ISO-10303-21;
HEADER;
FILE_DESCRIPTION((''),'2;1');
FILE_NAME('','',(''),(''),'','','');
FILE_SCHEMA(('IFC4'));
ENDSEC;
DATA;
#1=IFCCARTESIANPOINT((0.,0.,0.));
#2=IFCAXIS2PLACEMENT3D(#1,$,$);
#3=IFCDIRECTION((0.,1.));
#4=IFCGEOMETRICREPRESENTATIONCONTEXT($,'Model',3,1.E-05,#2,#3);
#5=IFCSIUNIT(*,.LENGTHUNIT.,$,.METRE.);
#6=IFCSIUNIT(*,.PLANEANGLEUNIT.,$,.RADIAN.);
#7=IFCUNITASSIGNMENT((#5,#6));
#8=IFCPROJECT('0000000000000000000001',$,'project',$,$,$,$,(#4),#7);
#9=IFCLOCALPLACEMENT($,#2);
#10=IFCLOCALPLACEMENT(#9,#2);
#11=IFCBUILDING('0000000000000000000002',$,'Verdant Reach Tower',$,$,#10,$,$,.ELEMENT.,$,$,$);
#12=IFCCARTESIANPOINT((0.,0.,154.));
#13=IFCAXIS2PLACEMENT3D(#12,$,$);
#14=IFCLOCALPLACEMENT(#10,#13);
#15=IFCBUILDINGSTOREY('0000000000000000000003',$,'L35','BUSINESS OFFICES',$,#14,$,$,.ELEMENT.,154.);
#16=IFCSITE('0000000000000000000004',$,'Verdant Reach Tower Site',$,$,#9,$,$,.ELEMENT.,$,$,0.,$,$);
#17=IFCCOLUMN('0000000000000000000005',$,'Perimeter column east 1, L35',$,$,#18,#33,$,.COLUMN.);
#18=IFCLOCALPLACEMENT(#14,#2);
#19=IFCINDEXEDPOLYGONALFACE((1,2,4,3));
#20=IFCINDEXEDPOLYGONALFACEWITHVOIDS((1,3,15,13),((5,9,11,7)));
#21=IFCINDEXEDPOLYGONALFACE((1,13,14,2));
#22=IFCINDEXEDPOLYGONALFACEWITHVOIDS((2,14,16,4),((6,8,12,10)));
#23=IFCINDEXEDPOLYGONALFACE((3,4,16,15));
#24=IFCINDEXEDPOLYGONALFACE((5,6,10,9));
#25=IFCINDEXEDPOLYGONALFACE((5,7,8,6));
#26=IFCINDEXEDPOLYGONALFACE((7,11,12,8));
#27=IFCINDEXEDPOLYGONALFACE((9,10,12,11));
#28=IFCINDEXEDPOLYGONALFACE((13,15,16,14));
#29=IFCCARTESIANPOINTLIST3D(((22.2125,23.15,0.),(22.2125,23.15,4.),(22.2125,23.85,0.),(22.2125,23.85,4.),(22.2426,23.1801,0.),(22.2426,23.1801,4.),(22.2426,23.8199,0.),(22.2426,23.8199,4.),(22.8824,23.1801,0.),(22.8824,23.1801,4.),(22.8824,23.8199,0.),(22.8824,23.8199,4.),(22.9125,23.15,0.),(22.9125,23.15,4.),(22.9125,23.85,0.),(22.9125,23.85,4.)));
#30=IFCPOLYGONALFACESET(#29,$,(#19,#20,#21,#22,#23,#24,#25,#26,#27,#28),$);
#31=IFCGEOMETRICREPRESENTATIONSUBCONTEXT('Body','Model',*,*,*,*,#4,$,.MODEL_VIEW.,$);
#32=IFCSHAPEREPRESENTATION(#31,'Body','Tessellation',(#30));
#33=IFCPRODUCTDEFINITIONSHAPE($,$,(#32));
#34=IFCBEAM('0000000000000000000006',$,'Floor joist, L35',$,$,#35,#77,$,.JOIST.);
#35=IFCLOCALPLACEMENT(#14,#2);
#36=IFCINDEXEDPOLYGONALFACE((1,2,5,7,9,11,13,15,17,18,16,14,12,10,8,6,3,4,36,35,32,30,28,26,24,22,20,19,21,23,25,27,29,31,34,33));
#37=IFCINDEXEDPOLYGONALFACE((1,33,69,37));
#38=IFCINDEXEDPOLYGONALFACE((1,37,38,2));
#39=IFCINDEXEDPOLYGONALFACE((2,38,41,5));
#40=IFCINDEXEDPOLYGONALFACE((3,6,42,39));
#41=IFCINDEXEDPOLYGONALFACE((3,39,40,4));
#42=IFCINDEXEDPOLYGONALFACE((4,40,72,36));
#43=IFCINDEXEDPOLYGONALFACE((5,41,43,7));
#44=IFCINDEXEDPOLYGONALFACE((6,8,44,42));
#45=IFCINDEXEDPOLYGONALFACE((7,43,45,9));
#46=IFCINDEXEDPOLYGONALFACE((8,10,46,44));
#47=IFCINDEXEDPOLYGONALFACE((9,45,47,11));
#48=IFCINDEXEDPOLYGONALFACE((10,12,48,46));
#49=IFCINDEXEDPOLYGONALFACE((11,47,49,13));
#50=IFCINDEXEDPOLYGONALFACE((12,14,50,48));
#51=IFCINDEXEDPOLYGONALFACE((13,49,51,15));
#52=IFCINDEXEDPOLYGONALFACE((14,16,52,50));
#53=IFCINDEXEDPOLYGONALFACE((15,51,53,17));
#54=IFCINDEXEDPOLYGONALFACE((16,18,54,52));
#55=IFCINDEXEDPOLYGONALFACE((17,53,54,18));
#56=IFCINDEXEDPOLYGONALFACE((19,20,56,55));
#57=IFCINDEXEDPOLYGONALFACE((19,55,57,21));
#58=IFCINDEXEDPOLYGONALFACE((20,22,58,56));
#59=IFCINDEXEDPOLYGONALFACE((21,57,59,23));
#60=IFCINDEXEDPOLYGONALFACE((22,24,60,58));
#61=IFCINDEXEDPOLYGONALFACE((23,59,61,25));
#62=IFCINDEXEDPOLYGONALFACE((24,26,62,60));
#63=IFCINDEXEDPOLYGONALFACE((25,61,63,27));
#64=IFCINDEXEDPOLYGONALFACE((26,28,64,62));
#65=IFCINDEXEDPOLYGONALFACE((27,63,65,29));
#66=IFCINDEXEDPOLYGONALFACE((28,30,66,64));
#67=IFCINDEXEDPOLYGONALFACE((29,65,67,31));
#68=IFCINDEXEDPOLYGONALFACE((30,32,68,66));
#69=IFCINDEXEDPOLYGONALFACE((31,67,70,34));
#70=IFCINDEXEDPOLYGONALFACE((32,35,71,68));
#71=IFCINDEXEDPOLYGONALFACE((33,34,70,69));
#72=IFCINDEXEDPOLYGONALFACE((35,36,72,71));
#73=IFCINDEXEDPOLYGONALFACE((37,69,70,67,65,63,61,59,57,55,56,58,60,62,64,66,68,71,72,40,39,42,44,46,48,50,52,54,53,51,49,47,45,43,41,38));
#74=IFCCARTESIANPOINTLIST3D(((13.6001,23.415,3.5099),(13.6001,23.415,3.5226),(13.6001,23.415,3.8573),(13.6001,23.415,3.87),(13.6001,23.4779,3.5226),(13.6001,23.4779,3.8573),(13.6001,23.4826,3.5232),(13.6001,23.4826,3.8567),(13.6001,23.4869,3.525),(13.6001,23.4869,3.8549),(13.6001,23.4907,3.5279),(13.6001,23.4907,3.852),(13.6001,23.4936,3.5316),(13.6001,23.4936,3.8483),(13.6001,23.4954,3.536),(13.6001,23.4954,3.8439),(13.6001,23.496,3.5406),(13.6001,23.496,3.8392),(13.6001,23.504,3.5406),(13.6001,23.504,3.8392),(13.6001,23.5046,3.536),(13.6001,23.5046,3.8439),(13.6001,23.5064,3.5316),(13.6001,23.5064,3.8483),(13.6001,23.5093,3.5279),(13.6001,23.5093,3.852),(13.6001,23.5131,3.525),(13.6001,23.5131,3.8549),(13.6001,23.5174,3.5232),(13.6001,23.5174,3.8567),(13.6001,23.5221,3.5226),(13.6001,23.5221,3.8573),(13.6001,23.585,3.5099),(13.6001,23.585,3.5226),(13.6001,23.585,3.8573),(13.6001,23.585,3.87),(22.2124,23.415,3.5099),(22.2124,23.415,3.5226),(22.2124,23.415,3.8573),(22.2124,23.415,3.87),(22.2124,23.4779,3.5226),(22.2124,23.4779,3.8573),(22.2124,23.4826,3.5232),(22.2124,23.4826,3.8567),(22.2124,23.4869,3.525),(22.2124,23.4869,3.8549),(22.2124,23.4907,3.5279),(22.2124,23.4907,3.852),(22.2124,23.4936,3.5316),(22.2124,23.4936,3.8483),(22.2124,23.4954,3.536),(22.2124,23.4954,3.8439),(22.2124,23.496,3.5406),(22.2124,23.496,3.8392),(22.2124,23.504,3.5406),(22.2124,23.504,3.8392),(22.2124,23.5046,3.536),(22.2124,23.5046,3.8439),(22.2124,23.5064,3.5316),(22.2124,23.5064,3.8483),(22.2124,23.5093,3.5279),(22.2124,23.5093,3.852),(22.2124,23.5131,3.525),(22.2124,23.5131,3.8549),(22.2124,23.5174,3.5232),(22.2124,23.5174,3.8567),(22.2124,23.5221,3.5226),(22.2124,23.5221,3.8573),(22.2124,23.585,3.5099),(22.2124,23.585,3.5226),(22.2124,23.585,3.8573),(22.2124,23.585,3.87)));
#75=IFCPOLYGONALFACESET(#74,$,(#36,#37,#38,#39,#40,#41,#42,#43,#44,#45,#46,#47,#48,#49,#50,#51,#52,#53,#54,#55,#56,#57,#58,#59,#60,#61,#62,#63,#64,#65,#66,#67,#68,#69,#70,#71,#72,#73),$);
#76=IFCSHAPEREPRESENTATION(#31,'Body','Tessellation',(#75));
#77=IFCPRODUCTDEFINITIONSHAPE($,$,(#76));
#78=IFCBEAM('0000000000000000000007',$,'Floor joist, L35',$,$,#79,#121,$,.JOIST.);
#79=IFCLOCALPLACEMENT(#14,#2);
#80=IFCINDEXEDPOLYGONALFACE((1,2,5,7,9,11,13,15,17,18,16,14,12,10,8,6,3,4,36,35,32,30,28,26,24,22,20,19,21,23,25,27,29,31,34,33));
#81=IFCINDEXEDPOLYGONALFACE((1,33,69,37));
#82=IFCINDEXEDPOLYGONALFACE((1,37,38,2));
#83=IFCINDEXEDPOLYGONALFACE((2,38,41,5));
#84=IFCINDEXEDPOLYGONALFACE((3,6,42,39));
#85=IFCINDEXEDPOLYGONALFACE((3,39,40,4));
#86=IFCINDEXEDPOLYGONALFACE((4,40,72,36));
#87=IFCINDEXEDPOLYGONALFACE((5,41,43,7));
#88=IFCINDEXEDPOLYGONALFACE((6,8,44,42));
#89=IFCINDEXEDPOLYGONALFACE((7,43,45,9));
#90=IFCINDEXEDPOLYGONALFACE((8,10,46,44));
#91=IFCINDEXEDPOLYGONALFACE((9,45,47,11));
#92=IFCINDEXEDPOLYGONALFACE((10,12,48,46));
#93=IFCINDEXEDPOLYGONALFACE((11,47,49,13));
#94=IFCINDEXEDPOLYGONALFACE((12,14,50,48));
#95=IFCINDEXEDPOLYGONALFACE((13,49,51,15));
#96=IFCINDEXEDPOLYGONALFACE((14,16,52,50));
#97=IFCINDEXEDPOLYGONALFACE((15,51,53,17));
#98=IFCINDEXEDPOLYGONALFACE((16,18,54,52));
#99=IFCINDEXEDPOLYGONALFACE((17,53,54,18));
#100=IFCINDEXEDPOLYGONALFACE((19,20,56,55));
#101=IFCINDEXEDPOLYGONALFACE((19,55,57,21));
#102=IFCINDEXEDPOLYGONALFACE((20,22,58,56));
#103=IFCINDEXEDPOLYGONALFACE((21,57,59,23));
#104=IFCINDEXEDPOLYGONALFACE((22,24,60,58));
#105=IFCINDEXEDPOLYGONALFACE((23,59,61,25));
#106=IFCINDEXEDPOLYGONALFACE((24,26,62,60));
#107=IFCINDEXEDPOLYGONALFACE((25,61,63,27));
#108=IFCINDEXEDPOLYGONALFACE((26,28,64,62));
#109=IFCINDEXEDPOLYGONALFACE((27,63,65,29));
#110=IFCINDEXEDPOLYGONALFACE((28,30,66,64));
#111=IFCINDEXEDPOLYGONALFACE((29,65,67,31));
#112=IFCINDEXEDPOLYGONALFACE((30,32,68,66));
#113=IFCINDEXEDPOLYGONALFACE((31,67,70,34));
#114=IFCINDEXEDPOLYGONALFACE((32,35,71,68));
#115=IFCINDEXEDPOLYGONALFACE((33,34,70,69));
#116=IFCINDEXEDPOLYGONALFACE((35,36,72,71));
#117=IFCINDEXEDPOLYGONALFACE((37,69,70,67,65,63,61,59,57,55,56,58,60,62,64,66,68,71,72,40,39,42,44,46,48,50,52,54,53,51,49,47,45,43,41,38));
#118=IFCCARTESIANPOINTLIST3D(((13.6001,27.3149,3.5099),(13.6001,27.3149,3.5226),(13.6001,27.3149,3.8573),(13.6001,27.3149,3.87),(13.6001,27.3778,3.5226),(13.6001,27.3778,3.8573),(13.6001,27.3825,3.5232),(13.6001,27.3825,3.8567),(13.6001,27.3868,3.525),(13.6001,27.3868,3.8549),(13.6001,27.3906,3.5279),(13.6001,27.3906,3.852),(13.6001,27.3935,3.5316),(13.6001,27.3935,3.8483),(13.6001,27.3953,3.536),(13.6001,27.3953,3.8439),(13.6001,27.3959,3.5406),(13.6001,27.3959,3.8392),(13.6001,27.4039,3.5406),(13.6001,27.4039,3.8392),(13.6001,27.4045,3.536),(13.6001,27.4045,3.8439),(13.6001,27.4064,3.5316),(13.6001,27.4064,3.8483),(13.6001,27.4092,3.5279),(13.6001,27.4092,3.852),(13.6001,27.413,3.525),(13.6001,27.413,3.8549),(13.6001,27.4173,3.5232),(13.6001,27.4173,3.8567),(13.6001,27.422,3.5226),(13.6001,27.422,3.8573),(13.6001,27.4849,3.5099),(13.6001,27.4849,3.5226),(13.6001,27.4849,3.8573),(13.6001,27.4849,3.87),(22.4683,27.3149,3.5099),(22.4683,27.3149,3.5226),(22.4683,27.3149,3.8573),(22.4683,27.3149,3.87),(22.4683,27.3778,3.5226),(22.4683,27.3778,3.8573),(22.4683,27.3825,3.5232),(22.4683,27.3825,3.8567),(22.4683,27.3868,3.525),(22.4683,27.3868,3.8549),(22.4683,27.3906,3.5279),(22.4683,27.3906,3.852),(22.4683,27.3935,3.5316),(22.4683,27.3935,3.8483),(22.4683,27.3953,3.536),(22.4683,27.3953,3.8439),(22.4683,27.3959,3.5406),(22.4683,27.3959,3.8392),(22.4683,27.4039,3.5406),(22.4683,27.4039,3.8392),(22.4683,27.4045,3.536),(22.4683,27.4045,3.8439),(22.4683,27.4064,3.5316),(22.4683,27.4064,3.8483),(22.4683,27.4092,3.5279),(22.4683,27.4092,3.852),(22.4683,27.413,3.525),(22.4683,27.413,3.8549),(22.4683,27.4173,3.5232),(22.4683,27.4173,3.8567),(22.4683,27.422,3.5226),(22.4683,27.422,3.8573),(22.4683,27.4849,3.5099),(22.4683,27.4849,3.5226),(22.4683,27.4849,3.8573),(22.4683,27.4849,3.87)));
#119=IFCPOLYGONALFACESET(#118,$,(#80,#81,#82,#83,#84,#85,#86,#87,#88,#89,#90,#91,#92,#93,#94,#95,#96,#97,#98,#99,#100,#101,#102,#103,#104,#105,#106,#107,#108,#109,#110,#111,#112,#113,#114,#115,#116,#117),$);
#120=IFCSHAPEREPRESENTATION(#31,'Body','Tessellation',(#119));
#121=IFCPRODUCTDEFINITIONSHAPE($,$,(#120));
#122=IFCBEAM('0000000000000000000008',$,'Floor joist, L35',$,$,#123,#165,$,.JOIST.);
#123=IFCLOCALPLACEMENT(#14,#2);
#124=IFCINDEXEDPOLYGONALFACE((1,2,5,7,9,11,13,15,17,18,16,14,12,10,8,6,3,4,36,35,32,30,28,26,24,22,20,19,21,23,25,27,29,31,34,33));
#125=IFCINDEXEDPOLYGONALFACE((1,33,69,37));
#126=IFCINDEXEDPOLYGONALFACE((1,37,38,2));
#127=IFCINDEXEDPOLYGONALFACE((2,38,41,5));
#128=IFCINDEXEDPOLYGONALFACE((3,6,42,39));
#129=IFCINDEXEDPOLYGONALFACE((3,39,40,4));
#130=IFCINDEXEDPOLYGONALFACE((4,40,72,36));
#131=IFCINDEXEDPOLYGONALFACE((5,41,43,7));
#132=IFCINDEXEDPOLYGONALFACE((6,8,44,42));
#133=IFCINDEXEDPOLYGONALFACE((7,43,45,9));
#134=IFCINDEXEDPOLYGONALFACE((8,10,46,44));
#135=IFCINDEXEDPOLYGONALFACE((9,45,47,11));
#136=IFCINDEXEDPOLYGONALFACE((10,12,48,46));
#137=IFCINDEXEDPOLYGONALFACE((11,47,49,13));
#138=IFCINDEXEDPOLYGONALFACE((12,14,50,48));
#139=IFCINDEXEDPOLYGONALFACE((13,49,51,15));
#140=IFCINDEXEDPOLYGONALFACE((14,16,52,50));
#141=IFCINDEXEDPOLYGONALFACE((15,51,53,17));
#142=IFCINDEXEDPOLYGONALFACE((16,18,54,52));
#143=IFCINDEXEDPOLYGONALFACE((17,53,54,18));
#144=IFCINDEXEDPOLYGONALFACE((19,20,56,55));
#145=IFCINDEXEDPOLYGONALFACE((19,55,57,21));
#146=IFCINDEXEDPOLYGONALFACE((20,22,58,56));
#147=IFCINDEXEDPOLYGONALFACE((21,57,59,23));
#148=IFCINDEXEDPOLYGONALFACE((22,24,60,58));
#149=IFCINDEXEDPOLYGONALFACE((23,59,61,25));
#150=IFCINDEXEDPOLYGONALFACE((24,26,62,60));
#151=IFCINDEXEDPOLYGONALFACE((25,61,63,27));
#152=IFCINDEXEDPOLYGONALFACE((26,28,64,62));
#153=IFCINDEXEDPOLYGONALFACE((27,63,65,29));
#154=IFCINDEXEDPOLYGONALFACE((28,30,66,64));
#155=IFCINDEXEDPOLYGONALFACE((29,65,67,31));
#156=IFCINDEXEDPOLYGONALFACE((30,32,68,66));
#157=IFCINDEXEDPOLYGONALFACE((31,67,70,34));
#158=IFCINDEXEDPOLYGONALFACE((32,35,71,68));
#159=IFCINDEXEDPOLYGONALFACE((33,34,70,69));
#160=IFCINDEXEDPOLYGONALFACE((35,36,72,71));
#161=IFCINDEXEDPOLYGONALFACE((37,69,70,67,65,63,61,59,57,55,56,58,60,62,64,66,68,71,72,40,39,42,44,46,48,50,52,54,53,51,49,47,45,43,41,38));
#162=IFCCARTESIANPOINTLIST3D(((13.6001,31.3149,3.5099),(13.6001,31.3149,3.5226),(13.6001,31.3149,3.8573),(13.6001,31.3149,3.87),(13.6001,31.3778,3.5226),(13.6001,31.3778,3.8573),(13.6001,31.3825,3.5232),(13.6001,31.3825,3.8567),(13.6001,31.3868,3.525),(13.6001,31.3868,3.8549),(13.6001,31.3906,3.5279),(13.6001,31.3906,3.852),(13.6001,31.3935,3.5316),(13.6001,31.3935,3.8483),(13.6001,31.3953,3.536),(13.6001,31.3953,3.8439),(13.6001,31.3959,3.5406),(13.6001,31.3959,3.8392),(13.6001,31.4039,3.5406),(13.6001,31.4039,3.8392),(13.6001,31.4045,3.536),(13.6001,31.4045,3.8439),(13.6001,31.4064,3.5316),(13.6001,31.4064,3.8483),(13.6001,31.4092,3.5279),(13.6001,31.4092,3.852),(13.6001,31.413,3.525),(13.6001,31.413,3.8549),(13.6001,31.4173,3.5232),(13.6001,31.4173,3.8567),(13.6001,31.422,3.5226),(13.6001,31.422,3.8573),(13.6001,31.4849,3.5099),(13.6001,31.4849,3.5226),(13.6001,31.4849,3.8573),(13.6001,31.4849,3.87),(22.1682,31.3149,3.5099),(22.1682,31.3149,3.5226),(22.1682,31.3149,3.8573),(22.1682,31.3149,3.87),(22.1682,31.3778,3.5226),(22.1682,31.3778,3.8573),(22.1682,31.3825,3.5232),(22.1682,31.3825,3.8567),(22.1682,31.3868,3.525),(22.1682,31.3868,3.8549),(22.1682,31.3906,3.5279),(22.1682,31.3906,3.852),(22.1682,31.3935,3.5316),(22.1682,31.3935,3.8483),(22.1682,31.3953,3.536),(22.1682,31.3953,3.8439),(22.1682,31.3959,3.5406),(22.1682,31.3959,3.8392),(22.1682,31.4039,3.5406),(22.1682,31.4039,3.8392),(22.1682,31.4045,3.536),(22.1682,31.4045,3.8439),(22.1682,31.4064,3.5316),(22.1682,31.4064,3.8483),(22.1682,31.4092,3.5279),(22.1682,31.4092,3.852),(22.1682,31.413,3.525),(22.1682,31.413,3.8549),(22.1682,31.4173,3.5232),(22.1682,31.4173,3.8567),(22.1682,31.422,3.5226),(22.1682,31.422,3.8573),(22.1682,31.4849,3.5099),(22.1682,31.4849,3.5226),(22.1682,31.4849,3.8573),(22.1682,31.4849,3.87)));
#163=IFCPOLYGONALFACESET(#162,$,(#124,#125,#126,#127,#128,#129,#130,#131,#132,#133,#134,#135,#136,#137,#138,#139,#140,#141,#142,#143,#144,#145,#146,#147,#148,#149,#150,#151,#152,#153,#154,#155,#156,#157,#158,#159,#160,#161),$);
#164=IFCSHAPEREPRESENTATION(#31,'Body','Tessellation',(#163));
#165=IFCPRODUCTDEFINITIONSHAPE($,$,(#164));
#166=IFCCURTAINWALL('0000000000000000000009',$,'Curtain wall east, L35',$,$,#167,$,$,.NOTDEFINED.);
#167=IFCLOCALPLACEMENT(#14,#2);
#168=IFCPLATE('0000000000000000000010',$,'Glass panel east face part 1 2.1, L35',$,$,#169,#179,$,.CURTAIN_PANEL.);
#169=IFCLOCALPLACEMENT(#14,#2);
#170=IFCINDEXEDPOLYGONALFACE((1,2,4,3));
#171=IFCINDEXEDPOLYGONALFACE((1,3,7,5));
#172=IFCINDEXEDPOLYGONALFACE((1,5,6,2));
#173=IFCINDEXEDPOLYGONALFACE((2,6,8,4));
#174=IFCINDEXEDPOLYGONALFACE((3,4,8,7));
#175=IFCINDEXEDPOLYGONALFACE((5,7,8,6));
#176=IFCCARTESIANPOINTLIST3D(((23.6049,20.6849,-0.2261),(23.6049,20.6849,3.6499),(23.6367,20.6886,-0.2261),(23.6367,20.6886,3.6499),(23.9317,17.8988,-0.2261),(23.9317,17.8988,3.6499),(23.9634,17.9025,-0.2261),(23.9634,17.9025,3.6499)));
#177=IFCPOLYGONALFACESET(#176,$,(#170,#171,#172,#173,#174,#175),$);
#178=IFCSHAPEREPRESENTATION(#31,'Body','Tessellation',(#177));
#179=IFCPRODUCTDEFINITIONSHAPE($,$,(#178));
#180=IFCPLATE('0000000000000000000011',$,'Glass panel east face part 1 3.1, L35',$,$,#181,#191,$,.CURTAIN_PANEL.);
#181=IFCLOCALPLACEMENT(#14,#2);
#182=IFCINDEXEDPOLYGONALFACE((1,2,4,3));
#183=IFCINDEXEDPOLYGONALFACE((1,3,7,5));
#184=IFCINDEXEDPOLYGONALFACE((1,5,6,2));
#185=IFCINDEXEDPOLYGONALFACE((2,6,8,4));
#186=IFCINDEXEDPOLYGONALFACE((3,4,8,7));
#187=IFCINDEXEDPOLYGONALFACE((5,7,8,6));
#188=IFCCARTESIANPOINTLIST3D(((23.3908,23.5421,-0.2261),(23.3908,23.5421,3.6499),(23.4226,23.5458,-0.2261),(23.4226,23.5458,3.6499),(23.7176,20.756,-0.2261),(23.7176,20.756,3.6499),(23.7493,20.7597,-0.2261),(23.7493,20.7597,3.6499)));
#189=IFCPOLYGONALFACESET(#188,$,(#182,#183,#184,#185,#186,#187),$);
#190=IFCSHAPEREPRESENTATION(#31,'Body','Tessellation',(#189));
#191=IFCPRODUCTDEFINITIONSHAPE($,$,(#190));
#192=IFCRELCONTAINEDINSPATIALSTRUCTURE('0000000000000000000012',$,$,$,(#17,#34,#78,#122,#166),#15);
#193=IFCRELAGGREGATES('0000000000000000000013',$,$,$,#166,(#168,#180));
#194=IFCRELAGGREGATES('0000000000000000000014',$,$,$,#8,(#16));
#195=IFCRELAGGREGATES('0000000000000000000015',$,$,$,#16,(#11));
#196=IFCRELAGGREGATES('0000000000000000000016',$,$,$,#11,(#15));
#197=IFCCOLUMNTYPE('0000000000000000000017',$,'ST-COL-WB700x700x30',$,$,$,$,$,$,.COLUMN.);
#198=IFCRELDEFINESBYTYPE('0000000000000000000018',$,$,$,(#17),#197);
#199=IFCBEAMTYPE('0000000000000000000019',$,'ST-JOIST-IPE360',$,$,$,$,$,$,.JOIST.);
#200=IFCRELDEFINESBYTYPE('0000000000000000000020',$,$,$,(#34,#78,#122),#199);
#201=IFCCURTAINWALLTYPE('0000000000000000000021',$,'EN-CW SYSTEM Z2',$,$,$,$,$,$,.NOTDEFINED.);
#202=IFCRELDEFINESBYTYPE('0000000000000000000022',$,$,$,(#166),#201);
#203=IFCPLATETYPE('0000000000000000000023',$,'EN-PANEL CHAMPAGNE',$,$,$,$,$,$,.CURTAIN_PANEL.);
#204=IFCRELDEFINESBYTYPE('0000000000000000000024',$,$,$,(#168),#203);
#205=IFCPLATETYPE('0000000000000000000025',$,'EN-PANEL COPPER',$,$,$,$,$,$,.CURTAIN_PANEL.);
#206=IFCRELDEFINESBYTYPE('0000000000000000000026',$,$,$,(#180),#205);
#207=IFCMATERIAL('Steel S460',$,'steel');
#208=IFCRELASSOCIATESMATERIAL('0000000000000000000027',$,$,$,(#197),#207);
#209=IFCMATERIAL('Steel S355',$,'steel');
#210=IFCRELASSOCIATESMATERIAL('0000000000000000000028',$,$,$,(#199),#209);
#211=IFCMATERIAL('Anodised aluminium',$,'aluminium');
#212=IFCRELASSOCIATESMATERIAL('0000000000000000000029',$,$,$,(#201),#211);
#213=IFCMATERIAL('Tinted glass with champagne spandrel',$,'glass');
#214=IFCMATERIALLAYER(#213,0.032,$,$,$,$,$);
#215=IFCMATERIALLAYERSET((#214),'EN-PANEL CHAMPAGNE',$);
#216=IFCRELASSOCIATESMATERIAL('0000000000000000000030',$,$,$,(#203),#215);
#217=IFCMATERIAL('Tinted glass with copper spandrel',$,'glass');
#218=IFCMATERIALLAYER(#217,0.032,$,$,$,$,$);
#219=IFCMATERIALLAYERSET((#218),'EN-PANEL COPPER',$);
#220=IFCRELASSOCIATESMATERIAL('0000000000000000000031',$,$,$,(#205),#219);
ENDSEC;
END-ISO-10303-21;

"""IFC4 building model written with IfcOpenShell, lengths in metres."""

from ifc_helpers import new_model, si_unit, direction, frame, origin, origin_2d, place, context, subcontext, project, spatial, rectangle, hollow_rectangle, i_section, extrude, material, layer, layer_set, material_profile, profile_set, type_object, element, aggregate, save


model = new_model("IFC4")

# Units and contexts
model_context = context("Model", 3, precision=1e-05, world=origin(), true_north=direction((0.0, 1.0)))
body_context = subcontext(model_context, "Body", "Model", "MODEL_VIEW")
ifc_project = project(units=[si_unit("LENGTHUNIT", "METRE"), si_unit("PLANEANGLEUNIT", "RADIAN")], contexts=[model_context])

# Site, building, storey
site_placement = place(None, origin())
site = spatial("IfcSite", under=ifc_project, at=site_placement, Name="Verdant Reach Tower Site", CompositionType="ELEMENT", RefElevation=0.0)
building_placement = place(site_placement, origin())
building = spatial("IfcBuilding", under=site, at=building_placement, Name="Verdant Reach Tower", CompositionType="ELEMENT")
storey_placement = place(building_placement, frame((0.0, 0.0, 154.0)))
storey = spatial("IfcBuildingStorey", under=building, at=storey_placement, Name="L35", Description="BUSINESS OFFICES", CompositionType="ELEMENT", Elevation=154.0)

# Column
ifc_material_1 = material(Name="Steel S460", Category="steel")
ifc_material_profile_1 = material_profile(ifc_material_1, hollow_rectangle(XDim=0.7, YDim=0.7, WallThickness=0.03, at=origin_2d()), Name="WB 700x700x30")
ifc_profile_set_1 = profile_set([ifc_material_profile_1], Name="Steel S460")
column_type = type_object("IfcColumnType", Name="ST-COL-WB700x700x30", PredefinedType="COLUMN", material=ifc_profile_set_1)
column_placement = place(storey_placement, frame((22.5625, 23.5, 0.0), z_axis=(0.0, 0.0, 1.0), x_axis=(1.0, 0.0, 0.0)))
element("IfcColumn", 1, at=column_placement, inside=storey, type_object=column_type, Name="Perimeter column east 1, L35", PredefinedType="COLUMN", context=body_context, shape_type="SweptSolid", body=[
    extrude(hollow_rectangle(XDim=0.7, YDim=0.7, WallThickness=0.03, at=origin_2d()), origin(), (0.0, 0.0, 1.0), 4.0),
])

# Beams
ifc_material_2 = material(Name="Steel S355", Category="steel")
ifc_material_profile_2 = material_profile(ifc_material_2, i_section(OverallWidth=0.1699, OverallDepth=0.3601, WebThickness=0.0081, FlangeThickness=0.0127, FilletRadius=0.0181, at=origin_2d()), Name="IPE 360")
ifc_profile_set_2 = profile_set([ifc_material_profile_2], Name="Steel S355")
beam_type = type_object("IfcBeamType", Name="ST-JOIST-IPE360", PredefinedType="JOIST", material=ifc_profile_set_2)
beam_1_placement = place(storey_placement, frame((13.6001, 23.5, 3.6899), z_axis=(1.0, 0.0, 0.0), x_axis=(0.0, 1.0, 0.0)))
element("IfcBeam", 2, at=beam_1_placement, inside=storey, type_object=beam_type, Name="Floor joist, L35", PredefinedType="JOIST", context=body_context, shape_type="SweptSolid", body=[
    extrude(i_section(OverallWidth=0.1699, OverallDepth=0.3601, WebThickness=0.0081, FlangeThickness=0.0127, FilletRadius=0.0181, at=origin_2d()), origin(), (0.0, 0.0, 1.0), 8.6123),
])
beam_2_placement = place(storey_placement, frame((13.6001, 27.3999, 3.6899), z_axis=(1.0, 0.0, 0.0), x_axis=(0.0, 1.0, 0.0)))
element("IfcBeam", 3, at=beam_2_placement, inside=storey, type_object=beam_type, Name="Floor joist, L35", PredefinedType="JOIST", context=body_context, shape_type="SweptSolid", body=[
    extrude(i_section(OverallWidth=0.1699, OverallDepth=0.3601, WebThickness=0.0081, FlangeThickness=0.0127, FilletRadius=0.0181, at=origin_2d()), origin(), (0.0, 0.0, 1.0), 8.8682),
])
beam_3_placement = place(storey_placement, frame((13.6001, 31.3999, 3.6899), z_axis=(1.0, 0.0, 0.0), x_axis=(0.0, 1.0, 0.0)))
element("IfcBeam", 4, at=beam_3_placement, inside=storey, type_object=beam_type, Name="Floor joist, L35", PredefinedType="JOIST", context=body_context, shape_type="SweptSolid", body=[
    extrude(i_section(OverallWidth=0.1699, OverallDepth=0.3601, WebThickness=0.0081, FlangeThickness=0.0127, FilletRadius=0.0181, at=origin_2d()), origin(), (0.0, 0.0, 1.0), 8.5681),
])

# Curtain wall, plates
ifc_material_3 = material(Name="Anodised aluminium", Category="aluminium")
curtain_wall_type = type_object("IfcCurtainWallType", Name="EN-CW SYSTEM Z2", PredefinedType="NOTDEFINED", material=ifc_material_3)
curtain_wall_placement = place(storey_placement, origin())
curtain_wall = element("IfcCurtainWall", 5, at=curtain_wall_placement, inside=storey, type_object=curtain_wall_type, Name="Curtain wall east, L35", PredefinedType="NOTDEFINED")
ifc_material_4 = material(Name="Tinted glass with champagne spandrel", Category="glass")
ifc_layer_1 = layer(ifc_material_4, 0.032)
ifc_layer_set_1 = layer_set([ifc_layer_1], Name="EN-PANEL CHAMPAGNE")
plate_type_1 = type_object("IfcPlateType", Name="EN-PANEL CHAMPAGNE", PredefinedType="CURTAIN_PANEL", material=ifc_layer_set_1)
plate_1_placement = place(storey_placement, frame((23.7842, 19.2937, -0.2261), z_axis=(0.0, 0.0, 1.0), x_axis=(-0.116483, 0.993193, 0.0)))
plate_1 = element("IfcPlate", 6, at=plate_1_placement, type_object=plate_type_1, Name="Glass panel east face part 1 2.1, L35", PredefinedType="CURTAIN_PANEL", context=body_context, shape_type="SweptSolid", body=[
    extrude(rectangle(XDim=2.8052, YDim=0.032, at=origin_2d()), origin(), (0.0, 0.0, 1.0), 3.876),
])
ifc_material_5 = material(Name="Tinted glass with copper spandrel", Category="glass")
ifc_layer_2 = layer(ifc_material_5, 0.032)
ifc_layer_set_2 = layer_set([ifc_layer_2], Name="EN-PANEL COPPER")
plate_type_2 = type_object("IfcPlateType", Name="EN-PANEL COPPER", PredefinedType="CURTAIN_PANEL", material=ifc_layer_set_2)
plate_2_placement = place(storey_placement, frame((23.5701, 22.1509, -0.2261), z_axis=(0.0, 0.0, 1.0), x_axis=(-0.116483, 0.993193, 0.0)))
plate_2 = element("IfcPlate", 7, at=plate_2_placement, type_object=plate_type_2, Name="Glass panel east face part 1 3.1, L35", PredefinedType="CURTAIN_PANEL", context=body_context, shape_type="SweptSolid", body=[
    extrude(rectangle(XDim=2.8052, YDim=0.032, at=origin_2d()), origin(), (0.0, 0.0, 1.0), 3.876),
])
aggregate(curtain_wall, [plate_1, plate_2])

save(model, "model.ifc")
